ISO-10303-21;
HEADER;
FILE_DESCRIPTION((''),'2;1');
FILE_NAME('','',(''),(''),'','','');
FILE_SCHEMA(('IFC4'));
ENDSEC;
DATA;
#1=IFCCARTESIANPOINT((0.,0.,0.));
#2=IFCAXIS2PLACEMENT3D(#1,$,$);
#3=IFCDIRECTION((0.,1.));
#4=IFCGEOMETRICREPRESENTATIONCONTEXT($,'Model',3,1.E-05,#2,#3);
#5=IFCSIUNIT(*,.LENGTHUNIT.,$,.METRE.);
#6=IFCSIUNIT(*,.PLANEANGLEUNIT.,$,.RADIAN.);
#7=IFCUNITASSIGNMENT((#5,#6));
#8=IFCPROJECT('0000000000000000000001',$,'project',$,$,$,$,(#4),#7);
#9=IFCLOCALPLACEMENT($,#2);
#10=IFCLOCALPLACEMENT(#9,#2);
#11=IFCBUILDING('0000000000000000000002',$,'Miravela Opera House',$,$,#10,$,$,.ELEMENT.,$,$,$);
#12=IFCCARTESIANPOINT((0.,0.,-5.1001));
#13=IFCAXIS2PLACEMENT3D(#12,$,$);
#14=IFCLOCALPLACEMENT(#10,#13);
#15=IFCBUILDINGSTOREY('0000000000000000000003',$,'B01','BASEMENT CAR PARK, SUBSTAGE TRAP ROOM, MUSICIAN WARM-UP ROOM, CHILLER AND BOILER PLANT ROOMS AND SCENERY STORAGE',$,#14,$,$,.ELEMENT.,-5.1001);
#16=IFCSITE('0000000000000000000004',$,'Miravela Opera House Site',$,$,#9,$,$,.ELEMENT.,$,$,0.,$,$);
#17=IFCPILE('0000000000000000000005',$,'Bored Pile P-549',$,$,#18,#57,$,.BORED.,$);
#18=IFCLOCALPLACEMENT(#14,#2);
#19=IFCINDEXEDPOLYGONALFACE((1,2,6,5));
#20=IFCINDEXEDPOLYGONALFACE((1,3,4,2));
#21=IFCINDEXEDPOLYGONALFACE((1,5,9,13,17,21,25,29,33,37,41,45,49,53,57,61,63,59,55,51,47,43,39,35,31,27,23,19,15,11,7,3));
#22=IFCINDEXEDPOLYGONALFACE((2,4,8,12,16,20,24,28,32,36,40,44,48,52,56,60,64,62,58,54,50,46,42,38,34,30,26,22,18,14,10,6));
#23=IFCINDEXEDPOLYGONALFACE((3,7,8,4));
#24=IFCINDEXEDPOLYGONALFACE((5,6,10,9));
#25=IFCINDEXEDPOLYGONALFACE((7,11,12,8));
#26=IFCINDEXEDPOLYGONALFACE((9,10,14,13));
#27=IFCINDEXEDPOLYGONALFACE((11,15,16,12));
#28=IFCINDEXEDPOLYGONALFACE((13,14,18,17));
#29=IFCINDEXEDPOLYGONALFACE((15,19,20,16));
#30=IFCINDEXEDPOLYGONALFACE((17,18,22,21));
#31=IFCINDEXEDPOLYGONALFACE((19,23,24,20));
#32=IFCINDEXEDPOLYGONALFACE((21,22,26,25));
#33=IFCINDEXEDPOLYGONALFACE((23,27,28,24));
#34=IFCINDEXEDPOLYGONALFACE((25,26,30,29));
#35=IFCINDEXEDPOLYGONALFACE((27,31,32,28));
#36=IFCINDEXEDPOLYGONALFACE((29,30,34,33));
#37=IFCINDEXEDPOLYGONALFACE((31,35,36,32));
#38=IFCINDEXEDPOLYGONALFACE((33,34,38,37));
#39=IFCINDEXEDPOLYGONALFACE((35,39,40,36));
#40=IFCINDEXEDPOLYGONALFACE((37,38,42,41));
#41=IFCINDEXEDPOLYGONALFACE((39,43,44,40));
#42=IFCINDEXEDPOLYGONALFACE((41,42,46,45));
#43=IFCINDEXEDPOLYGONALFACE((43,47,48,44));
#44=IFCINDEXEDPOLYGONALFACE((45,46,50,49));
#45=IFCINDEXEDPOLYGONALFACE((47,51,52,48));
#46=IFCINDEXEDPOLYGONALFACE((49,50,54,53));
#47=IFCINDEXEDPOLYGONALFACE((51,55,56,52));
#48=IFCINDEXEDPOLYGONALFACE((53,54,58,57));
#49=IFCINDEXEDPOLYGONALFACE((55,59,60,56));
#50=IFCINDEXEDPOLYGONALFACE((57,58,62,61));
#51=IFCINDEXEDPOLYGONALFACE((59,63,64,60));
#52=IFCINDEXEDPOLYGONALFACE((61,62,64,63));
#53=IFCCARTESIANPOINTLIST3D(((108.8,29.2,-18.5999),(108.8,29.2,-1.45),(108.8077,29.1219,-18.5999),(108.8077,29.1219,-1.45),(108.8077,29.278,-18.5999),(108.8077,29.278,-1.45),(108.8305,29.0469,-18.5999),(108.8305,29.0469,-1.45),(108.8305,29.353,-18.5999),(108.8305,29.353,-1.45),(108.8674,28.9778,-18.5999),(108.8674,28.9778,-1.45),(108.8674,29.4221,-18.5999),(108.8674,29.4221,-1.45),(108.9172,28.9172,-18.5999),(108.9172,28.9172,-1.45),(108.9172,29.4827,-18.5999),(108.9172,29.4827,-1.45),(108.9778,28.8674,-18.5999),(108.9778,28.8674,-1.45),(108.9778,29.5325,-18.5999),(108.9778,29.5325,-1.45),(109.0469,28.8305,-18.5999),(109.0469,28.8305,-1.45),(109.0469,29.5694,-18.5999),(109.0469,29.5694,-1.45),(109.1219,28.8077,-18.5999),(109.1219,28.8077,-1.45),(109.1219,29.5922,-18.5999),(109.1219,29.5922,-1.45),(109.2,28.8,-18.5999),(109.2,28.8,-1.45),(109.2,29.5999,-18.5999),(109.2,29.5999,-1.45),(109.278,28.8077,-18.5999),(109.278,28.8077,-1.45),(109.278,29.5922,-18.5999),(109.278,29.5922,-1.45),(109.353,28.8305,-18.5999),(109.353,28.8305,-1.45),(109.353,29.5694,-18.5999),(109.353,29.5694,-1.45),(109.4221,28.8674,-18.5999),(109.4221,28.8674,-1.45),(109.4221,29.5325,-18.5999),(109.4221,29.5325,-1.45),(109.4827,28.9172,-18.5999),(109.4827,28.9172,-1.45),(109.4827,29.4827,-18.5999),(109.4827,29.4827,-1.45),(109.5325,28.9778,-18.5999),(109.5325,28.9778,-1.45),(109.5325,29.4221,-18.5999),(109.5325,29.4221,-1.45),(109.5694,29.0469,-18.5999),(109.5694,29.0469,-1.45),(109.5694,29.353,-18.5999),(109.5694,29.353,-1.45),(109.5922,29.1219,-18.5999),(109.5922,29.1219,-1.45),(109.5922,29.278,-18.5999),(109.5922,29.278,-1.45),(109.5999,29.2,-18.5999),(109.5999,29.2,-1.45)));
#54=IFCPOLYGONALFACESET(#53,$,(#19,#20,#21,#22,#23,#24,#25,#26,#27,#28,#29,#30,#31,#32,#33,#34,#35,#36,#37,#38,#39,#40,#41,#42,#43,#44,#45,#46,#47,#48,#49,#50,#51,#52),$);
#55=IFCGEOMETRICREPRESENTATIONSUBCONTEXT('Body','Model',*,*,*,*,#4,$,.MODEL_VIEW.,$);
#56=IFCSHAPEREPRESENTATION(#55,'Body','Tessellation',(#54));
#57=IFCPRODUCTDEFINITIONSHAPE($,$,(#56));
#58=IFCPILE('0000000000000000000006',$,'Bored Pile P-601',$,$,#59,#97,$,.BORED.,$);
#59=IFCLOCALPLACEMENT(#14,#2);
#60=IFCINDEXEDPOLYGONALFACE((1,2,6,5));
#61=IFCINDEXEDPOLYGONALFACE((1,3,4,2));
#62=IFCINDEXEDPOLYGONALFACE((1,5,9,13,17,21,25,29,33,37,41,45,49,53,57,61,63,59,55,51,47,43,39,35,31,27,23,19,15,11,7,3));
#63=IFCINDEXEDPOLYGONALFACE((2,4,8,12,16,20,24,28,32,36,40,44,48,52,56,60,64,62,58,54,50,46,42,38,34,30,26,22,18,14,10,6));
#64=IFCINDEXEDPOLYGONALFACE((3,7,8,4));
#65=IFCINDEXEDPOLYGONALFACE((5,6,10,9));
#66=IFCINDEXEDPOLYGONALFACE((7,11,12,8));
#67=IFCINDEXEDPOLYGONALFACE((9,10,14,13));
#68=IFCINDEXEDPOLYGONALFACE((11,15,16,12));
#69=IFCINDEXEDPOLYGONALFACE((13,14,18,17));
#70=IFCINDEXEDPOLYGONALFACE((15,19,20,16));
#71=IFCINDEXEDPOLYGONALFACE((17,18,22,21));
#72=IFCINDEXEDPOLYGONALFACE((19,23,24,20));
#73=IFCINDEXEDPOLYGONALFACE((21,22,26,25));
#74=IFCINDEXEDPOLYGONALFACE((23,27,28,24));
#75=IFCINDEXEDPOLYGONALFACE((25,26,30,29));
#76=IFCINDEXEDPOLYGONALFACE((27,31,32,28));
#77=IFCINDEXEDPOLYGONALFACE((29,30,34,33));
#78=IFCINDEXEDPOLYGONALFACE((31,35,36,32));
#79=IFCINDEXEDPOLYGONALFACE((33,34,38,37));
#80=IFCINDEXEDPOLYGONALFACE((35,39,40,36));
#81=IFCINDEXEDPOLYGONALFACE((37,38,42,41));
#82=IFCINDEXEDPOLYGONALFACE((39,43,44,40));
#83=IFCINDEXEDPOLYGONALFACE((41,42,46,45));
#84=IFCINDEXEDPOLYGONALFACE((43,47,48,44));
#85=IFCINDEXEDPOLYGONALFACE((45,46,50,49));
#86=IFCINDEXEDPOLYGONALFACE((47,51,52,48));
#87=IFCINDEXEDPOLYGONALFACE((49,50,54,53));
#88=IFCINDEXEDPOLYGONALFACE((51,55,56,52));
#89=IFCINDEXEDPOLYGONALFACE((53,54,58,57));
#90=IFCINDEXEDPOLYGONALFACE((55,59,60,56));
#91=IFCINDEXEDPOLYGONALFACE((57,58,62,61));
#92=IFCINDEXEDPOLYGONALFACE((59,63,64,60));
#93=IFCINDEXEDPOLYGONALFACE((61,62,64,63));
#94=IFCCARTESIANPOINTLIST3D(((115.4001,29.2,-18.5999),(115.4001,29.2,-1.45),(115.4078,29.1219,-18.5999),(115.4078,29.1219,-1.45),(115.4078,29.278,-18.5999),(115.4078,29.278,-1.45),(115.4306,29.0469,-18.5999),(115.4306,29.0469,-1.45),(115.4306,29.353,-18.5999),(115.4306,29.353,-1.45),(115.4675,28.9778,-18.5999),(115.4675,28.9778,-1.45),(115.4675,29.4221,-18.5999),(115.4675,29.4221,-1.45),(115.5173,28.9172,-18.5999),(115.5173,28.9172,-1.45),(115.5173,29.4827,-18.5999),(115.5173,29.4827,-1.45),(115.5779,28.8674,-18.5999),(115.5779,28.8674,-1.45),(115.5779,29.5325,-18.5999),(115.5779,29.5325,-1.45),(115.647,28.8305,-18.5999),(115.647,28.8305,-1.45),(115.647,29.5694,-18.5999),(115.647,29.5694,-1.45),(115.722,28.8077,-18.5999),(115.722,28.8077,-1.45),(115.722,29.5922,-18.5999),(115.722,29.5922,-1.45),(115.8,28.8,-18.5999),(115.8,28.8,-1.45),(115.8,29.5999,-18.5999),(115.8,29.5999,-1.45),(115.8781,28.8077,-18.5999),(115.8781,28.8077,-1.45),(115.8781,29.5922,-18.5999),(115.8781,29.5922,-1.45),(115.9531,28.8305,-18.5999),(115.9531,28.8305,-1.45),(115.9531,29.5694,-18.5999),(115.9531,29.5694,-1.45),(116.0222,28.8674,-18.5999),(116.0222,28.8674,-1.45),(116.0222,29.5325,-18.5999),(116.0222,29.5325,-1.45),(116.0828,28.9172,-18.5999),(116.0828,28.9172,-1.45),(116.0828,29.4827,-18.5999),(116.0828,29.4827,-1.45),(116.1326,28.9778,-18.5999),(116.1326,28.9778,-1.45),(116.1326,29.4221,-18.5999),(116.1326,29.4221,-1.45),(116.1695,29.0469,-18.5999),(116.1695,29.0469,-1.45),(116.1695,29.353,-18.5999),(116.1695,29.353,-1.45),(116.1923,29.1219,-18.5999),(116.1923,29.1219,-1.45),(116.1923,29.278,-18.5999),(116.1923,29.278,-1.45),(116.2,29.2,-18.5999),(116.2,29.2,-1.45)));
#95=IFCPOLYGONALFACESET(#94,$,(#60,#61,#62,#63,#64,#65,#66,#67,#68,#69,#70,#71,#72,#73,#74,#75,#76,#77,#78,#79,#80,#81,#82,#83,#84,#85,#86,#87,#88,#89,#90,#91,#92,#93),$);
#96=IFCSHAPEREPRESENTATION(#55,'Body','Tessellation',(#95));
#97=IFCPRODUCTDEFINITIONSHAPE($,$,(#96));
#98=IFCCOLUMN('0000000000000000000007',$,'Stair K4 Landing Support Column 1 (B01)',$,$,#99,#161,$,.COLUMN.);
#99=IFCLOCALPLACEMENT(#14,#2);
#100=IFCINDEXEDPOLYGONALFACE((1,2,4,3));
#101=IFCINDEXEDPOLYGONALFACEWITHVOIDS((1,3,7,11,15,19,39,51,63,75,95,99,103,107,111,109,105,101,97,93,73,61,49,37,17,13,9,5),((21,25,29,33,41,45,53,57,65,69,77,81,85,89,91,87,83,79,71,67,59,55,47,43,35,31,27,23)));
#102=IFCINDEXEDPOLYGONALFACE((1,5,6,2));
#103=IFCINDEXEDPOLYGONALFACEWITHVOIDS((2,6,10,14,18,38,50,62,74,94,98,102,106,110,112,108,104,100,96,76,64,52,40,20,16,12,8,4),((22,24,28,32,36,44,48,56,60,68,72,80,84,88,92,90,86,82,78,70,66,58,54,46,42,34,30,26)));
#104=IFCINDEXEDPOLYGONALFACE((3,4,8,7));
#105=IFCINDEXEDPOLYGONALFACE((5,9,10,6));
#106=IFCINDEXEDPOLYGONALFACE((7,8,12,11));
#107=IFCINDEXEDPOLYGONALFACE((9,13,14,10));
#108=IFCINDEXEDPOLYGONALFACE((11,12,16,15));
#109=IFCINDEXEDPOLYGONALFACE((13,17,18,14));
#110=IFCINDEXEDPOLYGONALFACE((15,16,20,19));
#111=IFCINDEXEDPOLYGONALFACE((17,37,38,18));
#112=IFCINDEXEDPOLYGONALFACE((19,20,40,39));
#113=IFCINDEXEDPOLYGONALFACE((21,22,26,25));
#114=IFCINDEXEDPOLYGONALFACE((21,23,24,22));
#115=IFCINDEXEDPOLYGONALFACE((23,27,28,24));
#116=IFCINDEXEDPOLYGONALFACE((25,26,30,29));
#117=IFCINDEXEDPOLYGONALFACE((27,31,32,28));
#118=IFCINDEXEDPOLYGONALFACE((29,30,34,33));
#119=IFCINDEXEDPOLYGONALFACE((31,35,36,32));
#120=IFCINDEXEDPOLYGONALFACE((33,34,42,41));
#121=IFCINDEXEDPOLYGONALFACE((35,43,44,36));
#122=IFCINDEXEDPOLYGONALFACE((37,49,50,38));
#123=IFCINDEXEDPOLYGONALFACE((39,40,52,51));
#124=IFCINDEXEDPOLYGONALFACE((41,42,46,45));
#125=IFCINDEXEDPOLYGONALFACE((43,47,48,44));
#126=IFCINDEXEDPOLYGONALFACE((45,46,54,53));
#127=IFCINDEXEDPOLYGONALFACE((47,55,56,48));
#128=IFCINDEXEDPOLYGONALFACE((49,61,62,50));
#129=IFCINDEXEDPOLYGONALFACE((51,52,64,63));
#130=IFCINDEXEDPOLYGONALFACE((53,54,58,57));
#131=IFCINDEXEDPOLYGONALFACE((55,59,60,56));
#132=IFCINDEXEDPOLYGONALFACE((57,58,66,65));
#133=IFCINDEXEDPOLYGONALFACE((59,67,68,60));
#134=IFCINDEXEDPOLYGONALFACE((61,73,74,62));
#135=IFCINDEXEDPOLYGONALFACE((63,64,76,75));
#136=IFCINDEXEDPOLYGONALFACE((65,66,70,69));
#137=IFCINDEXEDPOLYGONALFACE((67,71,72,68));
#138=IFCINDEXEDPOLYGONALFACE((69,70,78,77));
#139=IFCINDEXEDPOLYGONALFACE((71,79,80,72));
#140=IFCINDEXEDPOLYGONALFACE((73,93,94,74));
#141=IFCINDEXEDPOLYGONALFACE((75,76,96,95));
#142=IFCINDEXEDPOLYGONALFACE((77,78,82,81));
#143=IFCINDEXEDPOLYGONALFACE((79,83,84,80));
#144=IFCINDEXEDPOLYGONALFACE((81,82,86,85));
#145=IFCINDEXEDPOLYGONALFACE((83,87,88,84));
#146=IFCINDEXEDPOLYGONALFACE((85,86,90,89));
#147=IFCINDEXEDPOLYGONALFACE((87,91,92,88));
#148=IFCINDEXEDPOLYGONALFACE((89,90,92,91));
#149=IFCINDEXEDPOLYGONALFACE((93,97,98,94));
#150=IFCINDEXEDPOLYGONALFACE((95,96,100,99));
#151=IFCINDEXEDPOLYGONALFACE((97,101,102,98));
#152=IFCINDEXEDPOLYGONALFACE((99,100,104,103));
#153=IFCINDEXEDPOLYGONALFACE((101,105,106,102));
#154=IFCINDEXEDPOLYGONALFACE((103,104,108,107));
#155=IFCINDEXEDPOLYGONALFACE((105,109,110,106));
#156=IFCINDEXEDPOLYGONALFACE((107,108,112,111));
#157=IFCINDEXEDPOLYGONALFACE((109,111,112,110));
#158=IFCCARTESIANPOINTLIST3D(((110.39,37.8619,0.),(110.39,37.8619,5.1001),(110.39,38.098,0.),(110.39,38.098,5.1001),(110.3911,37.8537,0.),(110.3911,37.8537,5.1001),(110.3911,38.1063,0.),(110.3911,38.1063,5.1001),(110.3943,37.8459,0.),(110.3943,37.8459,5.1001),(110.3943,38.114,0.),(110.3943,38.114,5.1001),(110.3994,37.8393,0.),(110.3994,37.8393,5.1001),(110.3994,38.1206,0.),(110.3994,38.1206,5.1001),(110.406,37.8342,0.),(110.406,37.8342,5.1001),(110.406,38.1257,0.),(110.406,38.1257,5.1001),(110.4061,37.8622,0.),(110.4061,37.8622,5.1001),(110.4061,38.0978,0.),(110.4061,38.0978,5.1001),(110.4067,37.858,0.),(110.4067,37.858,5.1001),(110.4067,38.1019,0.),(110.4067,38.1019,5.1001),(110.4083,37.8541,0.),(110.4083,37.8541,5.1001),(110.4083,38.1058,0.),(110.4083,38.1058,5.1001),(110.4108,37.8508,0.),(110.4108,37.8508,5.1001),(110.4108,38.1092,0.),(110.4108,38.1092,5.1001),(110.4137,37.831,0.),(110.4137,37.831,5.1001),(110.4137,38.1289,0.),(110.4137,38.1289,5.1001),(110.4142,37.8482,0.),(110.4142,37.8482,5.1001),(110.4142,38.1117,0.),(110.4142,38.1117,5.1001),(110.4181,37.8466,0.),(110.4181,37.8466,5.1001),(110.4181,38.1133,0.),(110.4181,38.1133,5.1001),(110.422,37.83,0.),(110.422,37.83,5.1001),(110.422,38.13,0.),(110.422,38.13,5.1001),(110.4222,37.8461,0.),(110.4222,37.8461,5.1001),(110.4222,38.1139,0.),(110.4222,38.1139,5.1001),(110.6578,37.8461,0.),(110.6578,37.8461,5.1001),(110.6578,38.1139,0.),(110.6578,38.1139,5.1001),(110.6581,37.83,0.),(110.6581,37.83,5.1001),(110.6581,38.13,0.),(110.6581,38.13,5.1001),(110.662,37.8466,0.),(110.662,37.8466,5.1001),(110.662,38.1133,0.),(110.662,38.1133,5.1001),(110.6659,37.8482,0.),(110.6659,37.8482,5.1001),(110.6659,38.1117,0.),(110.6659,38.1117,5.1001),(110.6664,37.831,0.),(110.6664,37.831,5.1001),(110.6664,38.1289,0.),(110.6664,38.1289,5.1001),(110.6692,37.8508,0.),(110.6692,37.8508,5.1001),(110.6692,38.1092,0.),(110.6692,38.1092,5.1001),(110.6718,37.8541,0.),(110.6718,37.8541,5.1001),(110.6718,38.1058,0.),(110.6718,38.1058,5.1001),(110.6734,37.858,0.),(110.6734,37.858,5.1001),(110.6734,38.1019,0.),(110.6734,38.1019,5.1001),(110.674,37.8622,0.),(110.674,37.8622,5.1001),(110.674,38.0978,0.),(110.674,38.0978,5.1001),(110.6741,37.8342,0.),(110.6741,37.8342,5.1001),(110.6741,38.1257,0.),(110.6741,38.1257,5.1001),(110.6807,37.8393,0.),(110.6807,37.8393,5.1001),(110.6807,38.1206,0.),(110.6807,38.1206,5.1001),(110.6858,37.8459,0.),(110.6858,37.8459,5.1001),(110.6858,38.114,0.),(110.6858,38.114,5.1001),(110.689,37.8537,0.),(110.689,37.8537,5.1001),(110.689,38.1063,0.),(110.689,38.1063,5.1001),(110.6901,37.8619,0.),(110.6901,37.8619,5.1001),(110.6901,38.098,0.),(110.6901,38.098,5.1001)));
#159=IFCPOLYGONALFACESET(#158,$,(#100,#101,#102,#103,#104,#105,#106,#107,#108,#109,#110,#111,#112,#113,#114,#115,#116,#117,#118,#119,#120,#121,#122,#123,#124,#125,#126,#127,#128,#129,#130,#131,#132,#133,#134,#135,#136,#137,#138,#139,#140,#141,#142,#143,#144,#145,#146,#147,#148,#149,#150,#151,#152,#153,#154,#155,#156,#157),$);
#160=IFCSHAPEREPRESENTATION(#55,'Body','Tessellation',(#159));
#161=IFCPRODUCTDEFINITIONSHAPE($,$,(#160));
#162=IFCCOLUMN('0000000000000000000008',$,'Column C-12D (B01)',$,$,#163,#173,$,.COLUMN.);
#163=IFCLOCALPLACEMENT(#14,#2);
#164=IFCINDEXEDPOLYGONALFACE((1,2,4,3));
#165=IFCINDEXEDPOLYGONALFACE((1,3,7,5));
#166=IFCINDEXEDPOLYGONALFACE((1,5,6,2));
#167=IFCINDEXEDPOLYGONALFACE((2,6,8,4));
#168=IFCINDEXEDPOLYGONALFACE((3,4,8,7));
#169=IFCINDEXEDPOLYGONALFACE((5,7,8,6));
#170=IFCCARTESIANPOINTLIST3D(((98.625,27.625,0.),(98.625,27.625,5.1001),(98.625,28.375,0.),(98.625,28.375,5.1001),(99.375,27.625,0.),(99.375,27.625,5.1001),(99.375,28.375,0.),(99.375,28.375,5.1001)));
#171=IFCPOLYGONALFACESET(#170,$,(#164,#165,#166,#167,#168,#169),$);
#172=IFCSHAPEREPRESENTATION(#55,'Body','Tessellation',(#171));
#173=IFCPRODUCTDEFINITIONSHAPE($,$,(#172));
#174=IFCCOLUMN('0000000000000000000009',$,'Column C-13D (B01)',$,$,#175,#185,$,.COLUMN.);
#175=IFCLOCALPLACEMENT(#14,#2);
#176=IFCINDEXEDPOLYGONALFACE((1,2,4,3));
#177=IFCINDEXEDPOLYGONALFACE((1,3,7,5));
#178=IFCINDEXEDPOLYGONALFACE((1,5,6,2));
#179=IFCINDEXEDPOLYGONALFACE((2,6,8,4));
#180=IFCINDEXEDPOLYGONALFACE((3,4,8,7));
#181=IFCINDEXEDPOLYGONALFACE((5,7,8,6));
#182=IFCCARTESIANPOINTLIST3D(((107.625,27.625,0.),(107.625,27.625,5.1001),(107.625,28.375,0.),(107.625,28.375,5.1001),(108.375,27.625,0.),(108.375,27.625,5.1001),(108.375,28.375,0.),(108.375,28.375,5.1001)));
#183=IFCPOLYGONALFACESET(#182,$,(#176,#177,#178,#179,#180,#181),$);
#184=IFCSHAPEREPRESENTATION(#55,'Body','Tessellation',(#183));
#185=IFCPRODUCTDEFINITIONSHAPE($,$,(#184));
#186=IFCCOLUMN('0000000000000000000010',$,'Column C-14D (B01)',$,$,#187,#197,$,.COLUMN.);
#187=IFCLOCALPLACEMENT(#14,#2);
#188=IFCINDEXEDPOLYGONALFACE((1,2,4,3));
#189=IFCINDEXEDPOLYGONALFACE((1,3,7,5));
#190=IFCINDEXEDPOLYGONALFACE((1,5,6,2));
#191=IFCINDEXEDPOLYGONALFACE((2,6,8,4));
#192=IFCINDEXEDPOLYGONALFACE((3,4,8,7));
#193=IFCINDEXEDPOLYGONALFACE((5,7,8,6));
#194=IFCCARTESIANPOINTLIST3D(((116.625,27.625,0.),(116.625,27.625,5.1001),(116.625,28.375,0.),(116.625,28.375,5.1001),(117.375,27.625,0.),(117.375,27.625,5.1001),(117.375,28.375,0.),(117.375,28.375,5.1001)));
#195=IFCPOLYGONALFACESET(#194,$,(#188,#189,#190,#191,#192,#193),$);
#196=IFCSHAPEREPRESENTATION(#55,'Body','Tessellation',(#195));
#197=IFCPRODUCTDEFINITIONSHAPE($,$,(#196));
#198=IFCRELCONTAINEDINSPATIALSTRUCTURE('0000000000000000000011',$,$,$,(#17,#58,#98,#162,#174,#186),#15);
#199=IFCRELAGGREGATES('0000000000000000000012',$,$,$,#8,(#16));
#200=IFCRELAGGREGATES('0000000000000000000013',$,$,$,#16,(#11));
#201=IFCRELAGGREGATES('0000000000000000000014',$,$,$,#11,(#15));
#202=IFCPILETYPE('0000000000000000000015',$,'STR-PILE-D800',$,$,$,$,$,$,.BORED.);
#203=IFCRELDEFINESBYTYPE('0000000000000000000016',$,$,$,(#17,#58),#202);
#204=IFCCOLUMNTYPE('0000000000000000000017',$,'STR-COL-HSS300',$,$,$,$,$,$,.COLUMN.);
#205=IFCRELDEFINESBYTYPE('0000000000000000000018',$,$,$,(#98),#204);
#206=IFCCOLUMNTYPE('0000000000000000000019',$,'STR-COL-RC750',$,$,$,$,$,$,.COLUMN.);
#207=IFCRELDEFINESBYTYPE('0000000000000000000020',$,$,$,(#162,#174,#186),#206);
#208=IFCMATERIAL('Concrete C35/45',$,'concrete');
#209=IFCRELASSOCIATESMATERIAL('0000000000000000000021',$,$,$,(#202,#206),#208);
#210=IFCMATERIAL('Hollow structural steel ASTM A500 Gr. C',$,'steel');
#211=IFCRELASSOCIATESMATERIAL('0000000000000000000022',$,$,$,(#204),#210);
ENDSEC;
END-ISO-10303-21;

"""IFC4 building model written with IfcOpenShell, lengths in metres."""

from ifc_helpers import new_model, si_unit, direction, frame, origin, origin_2d, place, context, subcontext, project, spatial, rectangle, hollow_rectangle, circle, extrude, material, material_profile, profile_set, type_object, element, save


model = new_model("IFC4")

# Units and contexts
model_context = context("Model", 3, precision=1e-05, world=origin(), true_north=direction((0.0, 1.0)))
body_context = subcontext(model_context, "Body", "Model", "MODEL_VIEW")
ifc_project = project(units=[si_unit("LENGTHUNIT", "METRE"), si_unit("PLANEANGLEUNIT", "RADIAN")], contexts=[model_context])

# Site, building, storey
site_placement = place(None, origin())
site = spatial("IfcSite", under=ifc_project, at=site_placement, Name="Miravela Opera House Site", CompositionType="ELEMENT", RefElevation=0.0)
building_placement = place(site_placement, origin())
building = spatial("IfcBuilding", under=site, at=building_placement, Name="Miravela Opera House", CompositionType="ELEMENT")
storey_placement = place(building_placement, frame((0.0, 0.0, -5.1001)))
storey = spatial("IfcBuildingStorey", under=building, at=storey_placement, Name="B01", Description="BASEMENT CAR PARK, SUBSTAGE TRAP ROOM, MUSICIAN WARM-UP ROOM, CHILLER AND BOILER PLANT ROOMS AND SCENERY STORAGE", CompositionType="ELEMENT", Elevation=-5.1001)

# Shared definitions
ifc_material_1 = material(Name="Concrete C35/45", Category="concrete")

# Piles
ifc_material_profile_1 = material_profile(ifc_material_1, circle(Radius=0.3999, at=origin_2d()), Name="PILE-D800")
ifc_profile_set_1 = profile_set([ifc_material_profile_1])
pile_type_1 = type_object("IfcPileType", Name="STR-PILE-D800", PredefinedType="BORED", material=ifc_profile_set_1)
for number, where, z_axis, x_axis, name in (
    (1, (109.2, 29.2, -1.45), (0.0, 0.0, -1.0), (1.0, 0.0, 0.0), "Bored Pile P-549"),
    (2, (115.8, 29.2, -1.45), (0.0, 0.0, -1.0), (1.0, 0.0, 0.0), "Bored Pile P-601"),
):
    element("IfcPile", number, at=place(storey_placement, frame(where, z_axis=z_axis, x_axis=x_axis)), inside=storey, type_object=pile_type_1, Name=name, PredefinedType="BORED", context=body_context, shape_type="SweptSolid", body=[
        extrude(circle(Radius=0.3999, at=origin_2d()), origin(), (0.0, 0.0, 1.0), 17.1499),
    ])

# Columns
ifc_material_2 = material(Name="Hollow structural steel ASTM A500 Gr. C", Category="steel")
ifc_material_profile_2 = material_profile(ifc_material_2, hollow_rectangle(XDim=0.3, YDim=0.3, WallThickness=0.0161, InnerFilletRadius=0.0161, OuterFilletRadius=0.032, at=origin_2d()), Name="HSS300X300X16")
ifc_profile_set_2 = profile_set([ifc_material_profile_2])
column_type_1 = type_object("IfcColumnType", Name="STR-COL-HSS300", PredefinedType="COLUMN", material=ifc_profile_set_2)
column_placement = place(storey_placement, frame((110.54, 37.98, 0.0), z_axis=(0.0, 0.0, 1.0), x_axis=(1.0, 0.0, 0.0)))
element("IfcColumn", 3, at=column_placement, inside=storey, type_object=column_type_1, Name="Stair K4 Landing Support Column 1 (B01)", PredefinedType="COLUMN", context=body_context, shape_type="SweptSolid", body=[
    extrude(hollow_rectangle(XDim=0.3, YDim=0.3, WallThickness=0.0161, InnerFilletRadius=0.0161, OuterFilletRadius=0.032, at=origin_2d()), origin(), (0.0, 0.0, 1.0), 5.1001),
])
ifc_material_profile_3 = material_profile(ifc_material_1, rectangle(XDim=0.75, YDim=0.75, at=origin_2d()), Name="RC-COL-750X750")
ifc_profile_set_3 = profile_set([ifc_material_profile_3])
column_type_2 = type_object("IfcColumnType", Name="STR-COL-RC750", PredefinedType="COLUMN", material=ifc_profile_set_3)
for number, where, z_axis, x_axis, name in (
    (4, (99.0, 28.0, 0.0), (0.0, 0.0, 1.0), (1.0, 0.0, 0.0), "Column C-12D (B01)"),
    (5, (108.0, 28.0, 0.0), (0.0, 0.0, 1.0), (1.0, 0.0, 0.0), "Column C-13D (B01)"),
    (6, (117.0, 28.0, 0.0), (0.0, 0.0, 1.0), (1.0, 0.0, 0.0), "Column C-14D (B01)"),
):
    element("IfcColumn", number, at=place(storey_placement, frame(where, z_axis=z_axis, x_axis=x_axis)), inside=storey, type_object=column_type_2, Name=name, PredefinedType="COLUMN", context=body_context, shape_type="SweptSolid", body=[
        extrude(rectangle(XDim=0.75, YDim=0.75, at=origin_2d()), origin(), (0.0, 0.0, 1.0), 5.1001),
    ])

save(model, "model.ifc")
